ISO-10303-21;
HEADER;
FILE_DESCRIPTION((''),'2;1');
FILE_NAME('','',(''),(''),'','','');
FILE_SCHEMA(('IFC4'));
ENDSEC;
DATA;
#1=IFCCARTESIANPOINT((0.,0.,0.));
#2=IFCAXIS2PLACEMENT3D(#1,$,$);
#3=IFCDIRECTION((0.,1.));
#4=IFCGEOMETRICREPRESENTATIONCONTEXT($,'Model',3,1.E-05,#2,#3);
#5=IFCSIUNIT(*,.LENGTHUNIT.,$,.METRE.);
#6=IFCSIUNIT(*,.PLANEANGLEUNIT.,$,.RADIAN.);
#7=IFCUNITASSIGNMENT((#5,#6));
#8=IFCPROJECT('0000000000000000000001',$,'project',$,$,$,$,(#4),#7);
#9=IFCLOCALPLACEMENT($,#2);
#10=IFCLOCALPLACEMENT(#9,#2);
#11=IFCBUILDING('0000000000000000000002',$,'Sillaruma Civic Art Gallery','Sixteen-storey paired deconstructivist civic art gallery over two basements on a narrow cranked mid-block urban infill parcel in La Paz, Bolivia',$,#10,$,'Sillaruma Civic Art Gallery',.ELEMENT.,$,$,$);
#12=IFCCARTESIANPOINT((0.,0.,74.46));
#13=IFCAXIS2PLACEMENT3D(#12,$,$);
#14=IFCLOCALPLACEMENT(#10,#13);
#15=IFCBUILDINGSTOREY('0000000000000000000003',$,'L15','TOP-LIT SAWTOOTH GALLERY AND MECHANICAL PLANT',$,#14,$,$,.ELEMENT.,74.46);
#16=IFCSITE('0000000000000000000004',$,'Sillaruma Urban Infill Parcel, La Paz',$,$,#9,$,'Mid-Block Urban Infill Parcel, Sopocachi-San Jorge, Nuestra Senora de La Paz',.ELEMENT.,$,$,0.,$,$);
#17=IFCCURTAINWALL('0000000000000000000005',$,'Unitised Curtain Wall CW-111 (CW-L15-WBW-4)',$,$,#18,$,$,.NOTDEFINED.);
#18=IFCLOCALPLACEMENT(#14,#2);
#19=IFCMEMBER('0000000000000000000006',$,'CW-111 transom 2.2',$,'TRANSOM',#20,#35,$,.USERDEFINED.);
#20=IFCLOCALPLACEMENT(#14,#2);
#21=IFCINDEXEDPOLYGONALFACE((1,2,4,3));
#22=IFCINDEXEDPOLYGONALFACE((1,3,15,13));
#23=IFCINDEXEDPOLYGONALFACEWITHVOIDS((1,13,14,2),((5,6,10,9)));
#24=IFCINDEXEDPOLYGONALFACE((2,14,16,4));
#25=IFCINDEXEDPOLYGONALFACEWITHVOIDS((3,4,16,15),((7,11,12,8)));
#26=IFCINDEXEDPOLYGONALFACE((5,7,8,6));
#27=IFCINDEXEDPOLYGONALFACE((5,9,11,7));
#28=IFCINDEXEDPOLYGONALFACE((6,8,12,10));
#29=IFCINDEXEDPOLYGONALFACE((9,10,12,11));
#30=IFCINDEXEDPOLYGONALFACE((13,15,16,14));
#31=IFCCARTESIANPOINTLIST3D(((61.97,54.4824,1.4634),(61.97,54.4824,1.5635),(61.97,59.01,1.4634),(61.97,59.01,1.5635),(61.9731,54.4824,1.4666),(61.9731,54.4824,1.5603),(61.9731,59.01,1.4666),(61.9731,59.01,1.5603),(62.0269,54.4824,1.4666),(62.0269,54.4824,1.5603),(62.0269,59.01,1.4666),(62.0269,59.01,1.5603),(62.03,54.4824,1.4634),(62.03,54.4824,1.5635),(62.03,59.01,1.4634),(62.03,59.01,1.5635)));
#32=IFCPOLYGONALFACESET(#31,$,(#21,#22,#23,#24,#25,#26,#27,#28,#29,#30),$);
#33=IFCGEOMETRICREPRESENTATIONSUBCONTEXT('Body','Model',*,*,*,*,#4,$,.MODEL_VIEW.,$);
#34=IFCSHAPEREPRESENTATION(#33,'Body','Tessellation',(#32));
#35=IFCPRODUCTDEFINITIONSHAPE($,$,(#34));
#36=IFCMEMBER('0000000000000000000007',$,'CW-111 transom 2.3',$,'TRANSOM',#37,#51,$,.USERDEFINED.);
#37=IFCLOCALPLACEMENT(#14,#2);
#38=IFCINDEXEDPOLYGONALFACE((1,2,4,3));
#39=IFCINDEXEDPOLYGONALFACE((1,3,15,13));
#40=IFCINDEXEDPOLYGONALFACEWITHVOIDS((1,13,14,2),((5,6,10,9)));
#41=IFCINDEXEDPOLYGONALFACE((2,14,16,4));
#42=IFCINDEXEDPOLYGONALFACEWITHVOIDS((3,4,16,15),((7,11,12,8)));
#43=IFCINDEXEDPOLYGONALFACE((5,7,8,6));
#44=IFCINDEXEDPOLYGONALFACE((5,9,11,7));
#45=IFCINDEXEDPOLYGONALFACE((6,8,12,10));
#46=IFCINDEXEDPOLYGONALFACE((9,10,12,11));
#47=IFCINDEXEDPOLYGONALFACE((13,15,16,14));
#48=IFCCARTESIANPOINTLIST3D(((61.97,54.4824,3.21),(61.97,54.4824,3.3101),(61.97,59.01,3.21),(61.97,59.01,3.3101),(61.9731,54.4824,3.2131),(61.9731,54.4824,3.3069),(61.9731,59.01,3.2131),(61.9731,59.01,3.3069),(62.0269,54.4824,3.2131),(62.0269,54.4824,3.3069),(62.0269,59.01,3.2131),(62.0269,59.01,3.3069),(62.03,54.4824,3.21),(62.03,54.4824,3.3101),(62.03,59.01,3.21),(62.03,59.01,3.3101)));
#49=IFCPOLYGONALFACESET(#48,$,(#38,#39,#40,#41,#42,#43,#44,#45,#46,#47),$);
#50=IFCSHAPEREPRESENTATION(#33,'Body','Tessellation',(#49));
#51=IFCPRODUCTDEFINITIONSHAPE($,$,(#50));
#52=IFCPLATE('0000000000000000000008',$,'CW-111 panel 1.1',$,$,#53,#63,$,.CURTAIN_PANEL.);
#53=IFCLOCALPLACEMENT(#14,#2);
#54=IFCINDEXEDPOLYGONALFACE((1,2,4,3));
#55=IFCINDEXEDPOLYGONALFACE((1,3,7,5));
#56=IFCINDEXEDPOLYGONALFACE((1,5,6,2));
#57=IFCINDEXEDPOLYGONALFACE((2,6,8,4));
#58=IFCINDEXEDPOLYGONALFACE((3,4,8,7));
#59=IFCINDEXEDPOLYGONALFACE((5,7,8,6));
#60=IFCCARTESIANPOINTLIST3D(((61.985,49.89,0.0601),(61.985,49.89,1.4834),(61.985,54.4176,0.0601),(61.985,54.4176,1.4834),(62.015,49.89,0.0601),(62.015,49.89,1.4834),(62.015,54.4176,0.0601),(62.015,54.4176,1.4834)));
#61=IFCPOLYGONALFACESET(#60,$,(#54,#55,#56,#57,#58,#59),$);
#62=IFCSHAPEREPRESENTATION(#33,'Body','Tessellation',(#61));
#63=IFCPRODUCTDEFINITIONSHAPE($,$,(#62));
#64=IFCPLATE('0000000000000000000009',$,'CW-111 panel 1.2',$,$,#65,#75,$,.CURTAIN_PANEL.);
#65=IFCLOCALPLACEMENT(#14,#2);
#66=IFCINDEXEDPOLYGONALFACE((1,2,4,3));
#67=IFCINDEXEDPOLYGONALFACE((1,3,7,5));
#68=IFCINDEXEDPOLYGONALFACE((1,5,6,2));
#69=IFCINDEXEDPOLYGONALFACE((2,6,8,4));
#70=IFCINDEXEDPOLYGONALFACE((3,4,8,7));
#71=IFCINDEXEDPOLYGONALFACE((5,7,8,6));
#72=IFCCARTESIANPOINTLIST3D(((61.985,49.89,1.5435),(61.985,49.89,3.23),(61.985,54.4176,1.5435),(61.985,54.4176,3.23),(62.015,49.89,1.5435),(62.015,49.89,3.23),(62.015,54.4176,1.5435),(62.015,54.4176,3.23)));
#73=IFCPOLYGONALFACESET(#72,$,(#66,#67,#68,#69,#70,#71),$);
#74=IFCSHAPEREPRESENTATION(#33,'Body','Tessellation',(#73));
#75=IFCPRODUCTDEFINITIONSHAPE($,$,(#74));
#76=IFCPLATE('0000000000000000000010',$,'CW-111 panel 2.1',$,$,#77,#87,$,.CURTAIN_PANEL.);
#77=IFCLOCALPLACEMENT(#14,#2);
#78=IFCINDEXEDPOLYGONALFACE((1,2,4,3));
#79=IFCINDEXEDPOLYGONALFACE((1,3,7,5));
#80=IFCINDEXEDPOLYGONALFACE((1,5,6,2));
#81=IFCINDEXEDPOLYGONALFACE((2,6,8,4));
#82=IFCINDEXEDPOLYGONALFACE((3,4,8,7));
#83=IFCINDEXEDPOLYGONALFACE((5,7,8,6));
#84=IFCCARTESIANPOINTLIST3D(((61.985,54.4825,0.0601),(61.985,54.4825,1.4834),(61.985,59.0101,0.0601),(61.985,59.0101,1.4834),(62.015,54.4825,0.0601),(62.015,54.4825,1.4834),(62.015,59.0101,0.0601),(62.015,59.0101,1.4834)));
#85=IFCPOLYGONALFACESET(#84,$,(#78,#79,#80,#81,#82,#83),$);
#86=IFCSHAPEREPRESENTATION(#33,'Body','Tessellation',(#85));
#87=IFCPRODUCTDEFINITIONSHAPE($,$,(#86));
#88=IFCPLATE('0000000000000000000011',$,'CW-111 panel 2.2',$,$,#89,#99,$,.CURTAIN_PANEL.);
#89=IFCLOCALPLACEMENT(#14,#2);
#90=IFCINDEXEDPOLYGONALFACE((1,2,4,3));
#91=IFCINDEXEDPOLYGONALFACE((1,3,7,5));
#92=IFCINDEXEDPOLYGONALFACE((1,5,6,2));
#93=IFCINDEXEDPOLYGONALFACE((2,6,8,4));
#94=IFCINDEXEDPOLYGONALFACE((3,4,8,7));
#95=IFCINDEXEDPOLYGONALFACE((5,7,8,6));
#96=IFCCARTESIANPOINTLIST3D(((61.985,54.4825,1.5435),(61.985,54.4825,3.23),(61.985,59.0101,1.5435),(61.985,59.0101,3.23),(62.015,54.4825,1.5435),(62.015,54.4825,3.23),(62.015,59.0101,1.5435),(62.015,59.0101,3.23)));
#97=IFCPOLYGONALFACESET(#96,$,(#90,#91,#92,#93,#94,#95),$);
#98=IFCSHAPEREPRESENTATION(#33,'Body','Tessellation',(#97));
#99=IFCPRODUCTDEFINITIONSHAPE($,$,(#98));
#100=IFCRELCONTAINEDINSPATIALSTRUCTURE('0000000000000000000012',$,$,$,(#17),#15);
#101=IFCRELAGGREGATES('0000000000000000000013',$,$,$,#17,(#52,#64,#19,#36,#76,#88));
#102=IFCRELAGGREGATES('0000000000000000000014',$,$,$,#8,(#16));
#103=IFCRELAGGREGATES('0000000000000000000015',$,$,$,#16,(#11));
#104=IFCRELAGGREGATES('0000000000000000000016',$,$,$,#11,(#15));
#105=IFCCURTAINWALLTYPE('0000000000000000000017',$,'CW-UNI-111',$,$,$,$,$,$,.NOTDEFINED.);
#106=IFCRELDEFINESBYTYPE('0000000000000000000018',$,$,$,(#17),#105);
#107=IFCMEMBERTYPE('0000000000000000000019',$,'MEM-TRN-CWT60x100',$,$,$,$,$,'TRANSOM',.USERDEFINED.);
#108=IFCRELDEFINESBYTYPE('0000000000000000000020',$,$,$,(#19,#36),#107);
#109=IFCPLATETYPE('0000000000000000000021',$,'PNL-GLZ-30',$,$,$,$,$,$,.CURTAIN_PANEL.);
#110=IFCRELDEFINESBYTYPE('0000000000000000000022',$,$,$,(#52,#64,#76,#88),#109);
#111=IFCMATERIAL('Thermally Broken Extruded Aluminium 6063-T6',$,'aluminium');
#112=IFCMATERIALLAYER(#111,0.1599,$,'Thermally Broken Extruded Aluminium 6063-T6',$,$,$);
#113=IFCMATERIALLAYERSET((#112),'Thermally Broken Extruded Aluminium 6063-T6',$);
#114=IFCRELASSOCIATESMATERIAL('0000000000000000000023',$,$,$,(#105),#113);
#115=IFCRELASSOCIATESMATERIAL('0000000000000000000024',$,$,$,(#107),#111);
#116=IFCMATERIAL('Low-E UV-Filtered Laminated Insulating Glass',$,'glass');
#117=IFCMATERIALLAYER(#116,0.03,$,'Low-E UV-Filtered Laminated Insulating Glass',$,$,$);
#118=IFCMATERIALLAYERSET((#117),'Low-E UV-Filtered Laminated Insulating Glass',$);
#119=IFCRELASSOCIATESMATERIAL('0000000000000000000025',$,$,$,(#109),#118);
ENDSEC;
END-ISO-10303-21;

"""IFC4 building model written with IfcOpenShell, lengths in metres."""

from ifc_helpers import new_model, si_unit, direction, frame, origin, origin_2d, place, context, subcontext, project, spatial, rectangle, hollow_rectangle, extrude, material, layer, layer_set, material_profile, profile_set, type_object, element, aggregate, save


model = new_model("IFC4")

# Units and contexts
model_context = context("Model", 3, precision=1e-05, world=origin(), true_north=direction((0.0, 1.0)))
body_context = subcontext(model_context, "Body", "Model", "MODEL_VIEW")
ifc_project = project(units=[si_unit("LENGTHUNIT", "METRE"), si_unit("PLANEANGLEUNIT", "RADIAN")], contexts=[model_context])

# Site, building, storey
site_placement = place(None, origin())
site = spatial("IfcSite", under=ifc_project, at=site_placement, Name="Sillaruma Urban Infill Parcel, La Paz", LongName="Mid-Block Urban Infill Parcel, Sopocachi-San Jorge, Nuestra Senora de La Paz", CompositionType="ELEMENT", RefElevation=0.0)
building_placement = place(site_placement, origin())
building = spatial("IfcBuilding", under=site, at=building_placement, Name="Sillaruma Civic Art Gallery", Description="Sixteen-storey paired deconstructivist civic art gallery over two basements on a narrow cranked mid-block urban infill parcel in La Paz, Bolivia", LongName="Sillaruma Civic Art Gallery", CompositionType="ELEMENT")
storey_placement = place(building_placement, frame((0.0, 0.0, 74.46)))
storey = spatial("IfcBuildingStorey", under=building, at=storey_placement, Name="L15", Description="TOP-LIT SAWTOOTH GALLERY AND MECHANICAL PLANT", CompositionType="ELEMENT", Elevation=74.46)

# Curtain wall, members, plates
ifc_material_1 = material(Name="Thermally Broken Extruded Aluminium 6063-T6", Category="aluminium")
ifc_layer_1 = layer(ifc_material_1, 0.1599, Name="Thermally Broken Extruded Aluminium 6063-T6")
ifc_layer_set_1 = layer_set([ifc_layer_1], Name="Thermally Broken Extruded Aluminium 6063-T6")
curtain_wall_type = type_object("IfcCurtainWallType", Name="CW-UNI-111", PredefinedType="NOTDEFINED", material=ifc_layer_set_1)
curtain_wall_placement = place(storey_placement, origin())
curtain_wall = element("IfcCurtainWall", 1, at=curtain_wall_placement, inside=storey, type_object=curtain_wall_type, Name="Unitised Curtain Wall CW-111 (CW-L15-WBW-4)", PredefinedType="NOTDEFINED")
ifc_material_profile_1 = material_profile(ifc_material_1, hollow_rectangle(XDim=0.0601, YDim=0.1001, WallThickness=0.0032, at=origin_2d()), Name="CWT60x100")
ifc_profile_set_1 = profile_set([ifc_material_profile_1], Name="Thermally Broken Extruded Aluminium 6063-T6")
member_type_1 = type_object("IfcMemberType", Name="MEM-TRN-CWT60x100", ElementType="TRANSOM", PredefinedType="USERDEFINED", material=ifc_profile_set_1)
member_1_placement = place(storey_placement, frame((62.0, 54.4824, 1.5134), z_axis=(0.0, 1.0, 0.0), x_axis=(-1.0, 0.0, 0.0)))
member_1 = element("IfcMember", 2, at=member_1_placement, type_object=member_type_1, Name="CW-111 transom 2.2", ObjectType="TRANSOM", PredefinedType="USERDEFINED", context=body_context, shape_type="SweptSolid", body=[
    extrude(hollow_rectangle(XDim=0.0601, YDim=0.1001, WallThickness=0.0032, at=origin_2d()), origin(), (0.0, 0.0, 1.0), 4.5276),
])
member_2_placement = place(storey_placement, frame((62.0, 54.4824, 3.26), z_axis=(0.0, 1.0, 0.0), x_axis=(-1.0, 0.0, 0.0)))
member_2 = element("IfcMember", 3, at=member_2_placement, type_object=member_type_1, Name="CW-111 transom 2.3", ObjectType="TRANSOM", PredefinedType="USERDEFINED", context=body_context, shape_type="SweptSolid", body=[
    extrude(hollow_rectangle(XDim=0.0601, YDim=0.1001, WallThickness=0.0032, at=origin_2d()), origin(), (0.0, 0.0, 1.0), 4.5276),
])
ifc_material_2 = material(Name="Low-E UV-Filtered Laminated Insulating Glass", Category="glass")
ifc_layer_2 = layer(ifc_material_2, 0.03, Name="Low-E UV-Filtered Laminated Insulating Glass")
ifc_layer_set_2 = layer_set([ifc_layer_2], Name="Low-E UV-Filtered Laminated Insulating Glass")
plate_type = type_object("IfcPlateType", Name="PNL-GLZ-30", PredefinedType="CURTAIN_PANEL", material=ifc_layer_set_2)
plate_1_placement = place(storey_placement, frame((62.0, 52.1538, 0.0601), z_axis=(0.0, 0.0, 1.0), x_axis=(0.0, 1.0, 0.0)))
plate_1 = element("IfcPlate", 4, at=plate_1_placement, type_object=plate_type, Name="CW-111 panel 1.1", PredefinedType="CURTAIN_PANEL", context=body_context, shape_type="SweptSolid", body=[
    extrude(rectangle(XDim=4.5276, YDim=0.03, at=origin_2d()), origin(), (0.0, 0.0, 1.0), 1.4233),
])
plate_2_placement = place(storey_placement, frame((62.0, 52.1538, 1.5435), z_axis=(0.0, 0.0, 1.0), x_axis=(0.0, 1.0, 0.0)))
plate_2 = element("IfcPlate", 5, at=plate_2_placement, type_object=plate_type, Name="CW-111 panel 1.2", PredefinedType="CURTAIN_PANEL", context=body_context, shape_type="SweptSolid", body=[
    extrude(rectangle(XDim=4.5276, YDim=0.03, at=origin_2d()), origin(), (0.0, 0.0, 1.0), 1.6865),
])
plate_3_placement = place(storey_placement, frame((62.0, 56.7463, 0.0601), z_axis=(0.0, 0.0, 1.0), x_axis=(0.0, 1.0, 0.0)))
plate_3 = element("IfcPlate", 6, at=plate_3_placement, type_object=plate_type, Name="CW-111 panel 2.1", PredefinedType="CURTAIN_PANEL", context=body_context, shape_type="SweptSolid", body=[
    extrude(rectangle(XDim=4.5276, YDim=0.03, at=origin_2d()), origin(), (0.0, 0.0, 1.0), 1.4233),
])
plate_4_placement = place(storey_placement, frame((62.0, 56.7463, 1.5435), z_axis=(0.0, 0.0, 1.0), x_axis=(0.0, 1.0, 0.0)))
plate_4 = element("IfcPlate", 7, at=plate_4_placement, type_object=plate_type, Name="CW-111 panel 2.2", PredefinedType="CURTAIN_PANEL", context=body_context, shape_type="SweptSolid", body=[
    extrude(rectangle(XDim=4.5276, YDim=0.03, at=origin_2d()), origin(), (0.0, 0.0, 1.0), 1.6865),
])
aggregate(curtain_wall, [plate_1, plate_2, member_1, member_2, plate_3, plate_4])

save(model, "model.ifc")
